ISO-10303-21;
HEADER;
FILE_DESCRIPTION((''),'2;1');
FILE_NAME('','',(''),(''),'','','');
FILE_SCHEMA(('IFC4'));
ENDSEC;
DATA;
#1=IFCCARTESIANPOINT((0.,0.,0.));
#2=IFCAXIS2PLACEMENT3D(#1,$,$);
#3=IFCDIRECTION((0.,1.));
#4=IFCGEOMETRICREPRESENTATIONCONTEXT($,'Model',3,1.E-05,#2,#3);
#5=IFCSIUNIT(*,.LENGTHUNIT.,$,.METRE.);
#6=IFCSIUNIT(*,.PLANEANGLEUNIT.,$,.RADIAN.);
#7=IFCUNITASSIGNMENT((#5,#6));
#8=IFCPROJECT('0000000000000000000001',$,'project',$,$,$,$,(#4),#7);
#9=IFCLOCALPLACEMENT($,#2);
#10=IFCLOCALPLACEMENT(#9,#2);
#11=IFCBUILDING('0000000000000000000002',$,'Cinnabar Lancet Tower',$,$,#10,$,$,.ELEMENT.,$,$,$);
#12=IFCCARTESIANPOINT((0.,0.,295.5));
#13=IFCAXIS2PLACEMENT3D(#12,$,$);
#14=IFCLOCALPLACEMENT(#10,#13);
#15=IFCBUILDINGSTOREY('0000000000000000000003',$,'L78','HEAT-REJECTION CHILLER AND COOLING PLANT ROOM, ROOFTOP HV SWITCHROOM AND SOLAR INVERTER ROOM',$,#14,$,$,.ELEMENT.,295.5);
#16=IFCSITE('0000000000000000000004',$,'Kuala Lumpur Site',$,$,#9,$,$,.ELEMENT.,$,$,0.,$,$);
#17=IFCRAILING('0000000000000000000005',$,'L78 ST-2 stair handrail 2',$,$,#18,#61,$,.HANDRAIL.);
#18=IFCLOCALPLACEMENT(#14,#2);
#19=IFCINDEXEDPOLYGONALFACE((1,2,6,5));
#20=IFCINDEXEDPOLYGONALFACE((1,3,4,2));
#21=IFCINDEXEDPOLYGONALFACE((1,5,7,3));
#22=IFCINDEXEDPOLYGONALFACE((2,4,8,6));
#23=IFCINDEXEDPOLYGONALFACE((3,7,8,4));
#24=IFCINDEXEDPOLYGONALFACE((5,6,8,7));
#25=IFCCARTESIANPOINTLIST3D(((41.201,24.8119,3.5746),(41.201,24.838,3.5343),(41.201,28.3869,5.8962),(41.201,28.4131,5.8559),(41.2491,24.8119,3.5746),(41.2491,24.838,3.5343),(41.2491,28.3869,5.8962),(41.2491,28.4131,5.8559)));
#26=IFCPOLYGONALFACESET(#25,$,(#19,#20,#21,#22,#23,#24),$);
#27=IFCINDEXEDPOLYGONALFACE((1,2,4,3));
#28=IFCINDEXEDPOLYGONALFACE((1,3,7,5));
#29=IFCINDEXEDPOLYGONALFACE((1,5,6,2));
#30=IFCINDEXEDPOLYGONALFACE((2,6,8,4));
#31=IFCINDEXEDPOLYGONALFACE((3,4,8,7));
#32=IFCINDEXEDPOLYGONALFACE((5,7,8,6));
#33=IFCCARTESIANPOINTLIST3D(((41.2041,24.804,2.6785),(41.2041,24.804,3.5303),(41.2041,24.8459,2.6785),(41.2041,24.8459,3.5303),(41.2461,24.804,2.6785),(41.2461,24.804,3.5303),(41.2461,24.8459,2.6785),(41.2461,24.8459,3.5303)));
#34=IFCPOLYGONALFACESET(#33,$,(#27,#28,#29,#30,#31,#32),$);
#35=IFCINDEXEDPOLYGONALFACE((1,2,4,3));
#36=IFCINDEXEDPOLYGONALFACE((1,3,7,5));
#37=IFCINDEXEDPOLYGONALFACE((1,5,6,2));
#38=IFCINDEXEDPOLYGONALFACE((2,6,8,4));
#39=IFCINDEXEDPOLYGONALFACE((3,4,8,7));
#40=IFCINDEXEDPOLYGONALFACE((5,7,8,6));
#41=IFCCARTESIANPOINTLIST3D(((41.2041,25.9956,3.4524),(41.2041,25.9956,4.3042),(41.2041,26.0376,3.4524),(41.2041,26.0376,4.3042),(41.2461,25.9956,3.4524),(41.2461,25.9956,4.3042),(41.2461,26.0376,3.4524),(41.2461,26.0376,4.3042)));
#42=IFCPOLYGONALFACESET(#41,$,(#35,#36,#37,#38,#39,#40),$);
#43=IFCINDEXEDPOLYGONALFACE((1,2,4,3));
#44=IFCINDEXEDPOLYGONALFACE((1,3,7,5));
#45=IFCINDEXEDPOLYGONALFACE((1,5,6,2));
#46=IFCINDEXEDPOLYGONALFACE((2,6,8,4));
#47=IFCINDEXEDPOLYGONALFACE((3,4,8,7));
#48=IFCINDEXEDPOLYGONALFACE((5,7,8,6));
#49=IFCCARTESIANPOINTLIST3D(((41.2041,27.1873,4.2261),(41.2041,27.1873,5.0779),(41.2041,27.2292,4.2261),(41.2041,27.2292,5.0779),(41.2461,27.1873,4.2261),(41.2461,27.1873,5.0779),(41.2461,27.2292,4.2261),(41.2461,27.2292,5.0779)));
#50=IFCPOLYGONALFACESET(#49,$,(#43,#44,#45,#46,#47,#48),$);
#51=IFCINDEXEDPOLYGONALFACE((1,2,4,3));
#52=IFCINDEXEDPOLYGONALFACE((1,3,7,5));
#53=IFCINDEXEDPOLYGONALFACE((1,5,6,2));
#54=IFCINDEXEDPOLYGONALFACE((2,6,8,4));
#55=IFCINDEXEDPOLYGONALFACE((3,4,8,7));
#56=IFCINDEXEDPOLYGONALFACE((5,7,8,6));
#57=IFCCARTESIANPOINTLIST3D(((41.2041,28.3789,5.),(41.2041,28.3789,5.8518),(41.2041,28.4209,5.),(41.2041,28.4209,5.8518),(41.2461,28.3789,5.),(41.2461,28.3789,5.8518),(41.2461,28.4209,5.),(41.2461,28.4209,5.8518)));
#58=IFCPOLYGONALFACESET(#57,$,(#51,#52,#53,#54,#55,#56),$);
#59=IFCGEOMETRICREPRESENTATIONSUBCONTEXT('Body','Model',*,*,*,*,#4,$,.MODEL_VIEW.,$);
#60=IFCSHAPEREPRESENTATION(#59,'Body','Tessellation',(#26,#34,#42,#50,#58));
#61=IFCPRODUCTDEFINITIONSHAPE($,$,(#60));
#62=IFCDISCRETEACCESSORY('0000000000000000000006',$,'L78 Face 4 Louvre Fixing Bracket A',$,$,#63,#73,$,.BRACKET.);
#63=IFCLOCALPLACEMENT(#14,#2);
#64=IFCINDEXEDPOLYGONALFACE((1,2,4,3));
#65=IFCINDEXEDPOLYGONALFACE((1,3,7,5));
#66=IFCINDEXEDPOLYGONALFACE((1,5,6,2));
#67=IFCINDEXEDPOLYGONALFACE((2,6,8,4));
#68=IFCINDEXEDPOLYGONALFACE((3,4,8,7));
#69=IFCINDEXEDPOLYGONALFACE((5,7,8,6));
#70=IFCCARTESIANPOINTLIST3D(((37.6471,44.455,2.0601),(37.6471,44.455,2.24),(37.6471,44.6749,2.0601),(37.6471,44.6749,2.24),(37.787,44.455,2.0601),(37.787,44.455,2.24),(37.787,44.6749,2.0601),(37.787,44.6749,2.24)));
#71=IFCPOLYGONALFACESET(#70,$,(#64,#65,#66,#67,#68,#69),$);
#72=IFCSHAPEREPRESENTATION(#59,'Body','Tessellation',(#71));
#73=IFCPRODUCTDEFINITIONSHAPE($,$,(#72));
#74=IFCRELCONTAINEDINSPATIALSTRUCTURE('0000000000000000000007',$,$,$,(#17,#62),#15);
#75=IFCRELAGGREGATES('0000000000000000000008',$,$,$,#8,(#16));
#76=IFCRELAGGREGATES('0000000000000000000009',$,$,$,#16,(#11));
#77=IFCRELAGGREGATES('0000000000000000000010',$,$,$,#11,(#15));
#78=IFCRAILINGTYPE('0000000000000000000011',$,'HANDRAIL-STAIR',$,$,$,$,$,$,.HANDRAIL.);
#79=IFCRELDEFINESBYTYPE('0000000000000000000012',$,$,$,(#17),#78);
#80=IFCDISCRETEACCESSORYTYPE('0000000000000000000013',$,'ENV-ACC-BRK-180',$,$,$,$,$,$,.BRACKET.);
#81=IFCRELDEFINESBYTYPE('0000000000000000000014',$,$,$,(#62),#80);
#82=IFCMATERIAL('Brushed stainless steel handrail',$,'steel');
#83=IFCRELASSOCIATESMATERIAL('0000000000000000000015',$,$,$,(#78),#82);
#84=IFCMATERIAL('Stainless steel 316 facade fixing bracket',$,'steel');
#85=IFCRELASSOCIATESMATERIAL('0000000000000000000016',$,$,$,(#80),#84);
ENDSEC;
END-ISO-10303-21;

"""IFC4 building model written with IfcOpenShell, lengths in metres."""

from ifc_helpers import new_model, si_unit, direction, frame, origin, origin_2d, place, context, subcontext, project, spatial, rectangle, extrude, material, type_object, element, save


model = new_model("IFC4")

# Units and contexts
model_context = context("Model", 3, precision=1e-05, world=origin(), true_north=direction((0.0, 1.0)))
body_context = subcontext(model_context, "Body", "Model", "MODEL_VIEW")
ifc_project = project(units=[si_unit("LENGTHUNIT", "METRE"), si_unit("PLANEANGLEUNIT", "RADIAN")], contexts=[model_context])

# Site, building, storey
site_placement = place(None, origin())
site = spatial("IfcSite", under=ifc_project, at=site_placement, Name="Kuala Lumpur Site", CompositionType="ELEMENT", RefElevation=0.0)
building_placement = place(site_placement, origin())
building = spatial("IfcBuilding", under=site, at=building_placement, Name="Cinnabar Lancet Tower", CompositionType="ELEMENT")
storey_placement = place(building_placement, frame((0.0, 0.0, 295.5)))
storey = spatial("IfcBuildingStorey", under=building, at=storey_placement, Name="L78", Description="HEAT-REJECTION CHILLER AND COOLING PLANT ROOM, ROOFTOP HV SWITCHROOM AND SOLAR INVERTER ROOM", CompositionType="ELEMENT", Elevation=295.5)

# Railing
ifc_material_1 = material(Name="Brushed stainless steel handrail", Category="steel")
railing_type_1 = type_object("IfcRailingType", Name="HANDRAIL-STAIR", PredefinedType="HANDRAIL", material=ifc_material_1)
railing_1_placement = place(storey_placement, frame((41.2251, 24.825, 2.6785)))
element("IfcRailing", 1, at=railing_1_placement, inside=storey, type_object=railing_type_1, Name="L78 ST-2 stair handrail 2", PredefinedType="HANDRAIL", context=body_context, shape_type="SweptSolid", body=[
    extrude(rectangle(XDim=0.0481, YDim=0.0481, at=origin_2d()), frame((0.0, 0.0, 0.876), z_axis=(0.0, 0.838678, 0.544628), x_axis=(-1.0, 0.0, 0.0)), (0.0, 0.0, 1.0), 4.2627),
    extrude(rectangle(XDim=0.042, YDim=0.042, at=origin_2d()), origin(), (0.0, 0.0, 1.0), 0.8518),
    extrude(rectangle(XDim=0.042, YDim=0.042, at=origin_2d()), frame((0.0, 1.1917, 0.7739)), (0.0, 0.0, 1.0), 0.8518),
    extrude(rectangle(XDim=0.042, YDim=0.042, at=origin_2d()), frame((0.0, 2.3833, 1.5476)), (0.0, 0.0, 1.0), 0.8518),
    extrude(rectangle(XDim=0.042, YDim=0.042, at=origin_2d()), frame((0.0, 3.575, 2.3215)), (0.0, 0.0, 1.0), 0.8518),
])

# Discrete accessory
ifc_material_2 = material(Name="Stainless steel 316 facade fixing bracket", Category="steel")
discrete_accessory_type = type_object("IfcDiscreteAccessoryType", Name="ENV-ACC-BRK-180", PredefinedType="BRACKET", material=ifc_material_2)
discrete_accessory_placement = place(storey_placement, frame((37.717, 44.5649, 2.0601), z_axis=(0.0, 0.0, 1.0), x_axis=(-1.0, 0.0, 0.0)))
element("IfcDiscreteAccessory", 2, at=discrete_accessory_placement, inside=storey, type_object=discrete_accessory_type, Name="L78 Face 4 Louvre Fixing Bracket A", PredefinedType="BRACKET", context=body_context, shape_type="SweptSolid", body=[
    extrude(rectangle(XDim=0.1399, YDim=0.22, at=origin_2d()), origin(), (0.0, 0.0, 1.0), 0.1799),
])

save(model, "model.ifc")
